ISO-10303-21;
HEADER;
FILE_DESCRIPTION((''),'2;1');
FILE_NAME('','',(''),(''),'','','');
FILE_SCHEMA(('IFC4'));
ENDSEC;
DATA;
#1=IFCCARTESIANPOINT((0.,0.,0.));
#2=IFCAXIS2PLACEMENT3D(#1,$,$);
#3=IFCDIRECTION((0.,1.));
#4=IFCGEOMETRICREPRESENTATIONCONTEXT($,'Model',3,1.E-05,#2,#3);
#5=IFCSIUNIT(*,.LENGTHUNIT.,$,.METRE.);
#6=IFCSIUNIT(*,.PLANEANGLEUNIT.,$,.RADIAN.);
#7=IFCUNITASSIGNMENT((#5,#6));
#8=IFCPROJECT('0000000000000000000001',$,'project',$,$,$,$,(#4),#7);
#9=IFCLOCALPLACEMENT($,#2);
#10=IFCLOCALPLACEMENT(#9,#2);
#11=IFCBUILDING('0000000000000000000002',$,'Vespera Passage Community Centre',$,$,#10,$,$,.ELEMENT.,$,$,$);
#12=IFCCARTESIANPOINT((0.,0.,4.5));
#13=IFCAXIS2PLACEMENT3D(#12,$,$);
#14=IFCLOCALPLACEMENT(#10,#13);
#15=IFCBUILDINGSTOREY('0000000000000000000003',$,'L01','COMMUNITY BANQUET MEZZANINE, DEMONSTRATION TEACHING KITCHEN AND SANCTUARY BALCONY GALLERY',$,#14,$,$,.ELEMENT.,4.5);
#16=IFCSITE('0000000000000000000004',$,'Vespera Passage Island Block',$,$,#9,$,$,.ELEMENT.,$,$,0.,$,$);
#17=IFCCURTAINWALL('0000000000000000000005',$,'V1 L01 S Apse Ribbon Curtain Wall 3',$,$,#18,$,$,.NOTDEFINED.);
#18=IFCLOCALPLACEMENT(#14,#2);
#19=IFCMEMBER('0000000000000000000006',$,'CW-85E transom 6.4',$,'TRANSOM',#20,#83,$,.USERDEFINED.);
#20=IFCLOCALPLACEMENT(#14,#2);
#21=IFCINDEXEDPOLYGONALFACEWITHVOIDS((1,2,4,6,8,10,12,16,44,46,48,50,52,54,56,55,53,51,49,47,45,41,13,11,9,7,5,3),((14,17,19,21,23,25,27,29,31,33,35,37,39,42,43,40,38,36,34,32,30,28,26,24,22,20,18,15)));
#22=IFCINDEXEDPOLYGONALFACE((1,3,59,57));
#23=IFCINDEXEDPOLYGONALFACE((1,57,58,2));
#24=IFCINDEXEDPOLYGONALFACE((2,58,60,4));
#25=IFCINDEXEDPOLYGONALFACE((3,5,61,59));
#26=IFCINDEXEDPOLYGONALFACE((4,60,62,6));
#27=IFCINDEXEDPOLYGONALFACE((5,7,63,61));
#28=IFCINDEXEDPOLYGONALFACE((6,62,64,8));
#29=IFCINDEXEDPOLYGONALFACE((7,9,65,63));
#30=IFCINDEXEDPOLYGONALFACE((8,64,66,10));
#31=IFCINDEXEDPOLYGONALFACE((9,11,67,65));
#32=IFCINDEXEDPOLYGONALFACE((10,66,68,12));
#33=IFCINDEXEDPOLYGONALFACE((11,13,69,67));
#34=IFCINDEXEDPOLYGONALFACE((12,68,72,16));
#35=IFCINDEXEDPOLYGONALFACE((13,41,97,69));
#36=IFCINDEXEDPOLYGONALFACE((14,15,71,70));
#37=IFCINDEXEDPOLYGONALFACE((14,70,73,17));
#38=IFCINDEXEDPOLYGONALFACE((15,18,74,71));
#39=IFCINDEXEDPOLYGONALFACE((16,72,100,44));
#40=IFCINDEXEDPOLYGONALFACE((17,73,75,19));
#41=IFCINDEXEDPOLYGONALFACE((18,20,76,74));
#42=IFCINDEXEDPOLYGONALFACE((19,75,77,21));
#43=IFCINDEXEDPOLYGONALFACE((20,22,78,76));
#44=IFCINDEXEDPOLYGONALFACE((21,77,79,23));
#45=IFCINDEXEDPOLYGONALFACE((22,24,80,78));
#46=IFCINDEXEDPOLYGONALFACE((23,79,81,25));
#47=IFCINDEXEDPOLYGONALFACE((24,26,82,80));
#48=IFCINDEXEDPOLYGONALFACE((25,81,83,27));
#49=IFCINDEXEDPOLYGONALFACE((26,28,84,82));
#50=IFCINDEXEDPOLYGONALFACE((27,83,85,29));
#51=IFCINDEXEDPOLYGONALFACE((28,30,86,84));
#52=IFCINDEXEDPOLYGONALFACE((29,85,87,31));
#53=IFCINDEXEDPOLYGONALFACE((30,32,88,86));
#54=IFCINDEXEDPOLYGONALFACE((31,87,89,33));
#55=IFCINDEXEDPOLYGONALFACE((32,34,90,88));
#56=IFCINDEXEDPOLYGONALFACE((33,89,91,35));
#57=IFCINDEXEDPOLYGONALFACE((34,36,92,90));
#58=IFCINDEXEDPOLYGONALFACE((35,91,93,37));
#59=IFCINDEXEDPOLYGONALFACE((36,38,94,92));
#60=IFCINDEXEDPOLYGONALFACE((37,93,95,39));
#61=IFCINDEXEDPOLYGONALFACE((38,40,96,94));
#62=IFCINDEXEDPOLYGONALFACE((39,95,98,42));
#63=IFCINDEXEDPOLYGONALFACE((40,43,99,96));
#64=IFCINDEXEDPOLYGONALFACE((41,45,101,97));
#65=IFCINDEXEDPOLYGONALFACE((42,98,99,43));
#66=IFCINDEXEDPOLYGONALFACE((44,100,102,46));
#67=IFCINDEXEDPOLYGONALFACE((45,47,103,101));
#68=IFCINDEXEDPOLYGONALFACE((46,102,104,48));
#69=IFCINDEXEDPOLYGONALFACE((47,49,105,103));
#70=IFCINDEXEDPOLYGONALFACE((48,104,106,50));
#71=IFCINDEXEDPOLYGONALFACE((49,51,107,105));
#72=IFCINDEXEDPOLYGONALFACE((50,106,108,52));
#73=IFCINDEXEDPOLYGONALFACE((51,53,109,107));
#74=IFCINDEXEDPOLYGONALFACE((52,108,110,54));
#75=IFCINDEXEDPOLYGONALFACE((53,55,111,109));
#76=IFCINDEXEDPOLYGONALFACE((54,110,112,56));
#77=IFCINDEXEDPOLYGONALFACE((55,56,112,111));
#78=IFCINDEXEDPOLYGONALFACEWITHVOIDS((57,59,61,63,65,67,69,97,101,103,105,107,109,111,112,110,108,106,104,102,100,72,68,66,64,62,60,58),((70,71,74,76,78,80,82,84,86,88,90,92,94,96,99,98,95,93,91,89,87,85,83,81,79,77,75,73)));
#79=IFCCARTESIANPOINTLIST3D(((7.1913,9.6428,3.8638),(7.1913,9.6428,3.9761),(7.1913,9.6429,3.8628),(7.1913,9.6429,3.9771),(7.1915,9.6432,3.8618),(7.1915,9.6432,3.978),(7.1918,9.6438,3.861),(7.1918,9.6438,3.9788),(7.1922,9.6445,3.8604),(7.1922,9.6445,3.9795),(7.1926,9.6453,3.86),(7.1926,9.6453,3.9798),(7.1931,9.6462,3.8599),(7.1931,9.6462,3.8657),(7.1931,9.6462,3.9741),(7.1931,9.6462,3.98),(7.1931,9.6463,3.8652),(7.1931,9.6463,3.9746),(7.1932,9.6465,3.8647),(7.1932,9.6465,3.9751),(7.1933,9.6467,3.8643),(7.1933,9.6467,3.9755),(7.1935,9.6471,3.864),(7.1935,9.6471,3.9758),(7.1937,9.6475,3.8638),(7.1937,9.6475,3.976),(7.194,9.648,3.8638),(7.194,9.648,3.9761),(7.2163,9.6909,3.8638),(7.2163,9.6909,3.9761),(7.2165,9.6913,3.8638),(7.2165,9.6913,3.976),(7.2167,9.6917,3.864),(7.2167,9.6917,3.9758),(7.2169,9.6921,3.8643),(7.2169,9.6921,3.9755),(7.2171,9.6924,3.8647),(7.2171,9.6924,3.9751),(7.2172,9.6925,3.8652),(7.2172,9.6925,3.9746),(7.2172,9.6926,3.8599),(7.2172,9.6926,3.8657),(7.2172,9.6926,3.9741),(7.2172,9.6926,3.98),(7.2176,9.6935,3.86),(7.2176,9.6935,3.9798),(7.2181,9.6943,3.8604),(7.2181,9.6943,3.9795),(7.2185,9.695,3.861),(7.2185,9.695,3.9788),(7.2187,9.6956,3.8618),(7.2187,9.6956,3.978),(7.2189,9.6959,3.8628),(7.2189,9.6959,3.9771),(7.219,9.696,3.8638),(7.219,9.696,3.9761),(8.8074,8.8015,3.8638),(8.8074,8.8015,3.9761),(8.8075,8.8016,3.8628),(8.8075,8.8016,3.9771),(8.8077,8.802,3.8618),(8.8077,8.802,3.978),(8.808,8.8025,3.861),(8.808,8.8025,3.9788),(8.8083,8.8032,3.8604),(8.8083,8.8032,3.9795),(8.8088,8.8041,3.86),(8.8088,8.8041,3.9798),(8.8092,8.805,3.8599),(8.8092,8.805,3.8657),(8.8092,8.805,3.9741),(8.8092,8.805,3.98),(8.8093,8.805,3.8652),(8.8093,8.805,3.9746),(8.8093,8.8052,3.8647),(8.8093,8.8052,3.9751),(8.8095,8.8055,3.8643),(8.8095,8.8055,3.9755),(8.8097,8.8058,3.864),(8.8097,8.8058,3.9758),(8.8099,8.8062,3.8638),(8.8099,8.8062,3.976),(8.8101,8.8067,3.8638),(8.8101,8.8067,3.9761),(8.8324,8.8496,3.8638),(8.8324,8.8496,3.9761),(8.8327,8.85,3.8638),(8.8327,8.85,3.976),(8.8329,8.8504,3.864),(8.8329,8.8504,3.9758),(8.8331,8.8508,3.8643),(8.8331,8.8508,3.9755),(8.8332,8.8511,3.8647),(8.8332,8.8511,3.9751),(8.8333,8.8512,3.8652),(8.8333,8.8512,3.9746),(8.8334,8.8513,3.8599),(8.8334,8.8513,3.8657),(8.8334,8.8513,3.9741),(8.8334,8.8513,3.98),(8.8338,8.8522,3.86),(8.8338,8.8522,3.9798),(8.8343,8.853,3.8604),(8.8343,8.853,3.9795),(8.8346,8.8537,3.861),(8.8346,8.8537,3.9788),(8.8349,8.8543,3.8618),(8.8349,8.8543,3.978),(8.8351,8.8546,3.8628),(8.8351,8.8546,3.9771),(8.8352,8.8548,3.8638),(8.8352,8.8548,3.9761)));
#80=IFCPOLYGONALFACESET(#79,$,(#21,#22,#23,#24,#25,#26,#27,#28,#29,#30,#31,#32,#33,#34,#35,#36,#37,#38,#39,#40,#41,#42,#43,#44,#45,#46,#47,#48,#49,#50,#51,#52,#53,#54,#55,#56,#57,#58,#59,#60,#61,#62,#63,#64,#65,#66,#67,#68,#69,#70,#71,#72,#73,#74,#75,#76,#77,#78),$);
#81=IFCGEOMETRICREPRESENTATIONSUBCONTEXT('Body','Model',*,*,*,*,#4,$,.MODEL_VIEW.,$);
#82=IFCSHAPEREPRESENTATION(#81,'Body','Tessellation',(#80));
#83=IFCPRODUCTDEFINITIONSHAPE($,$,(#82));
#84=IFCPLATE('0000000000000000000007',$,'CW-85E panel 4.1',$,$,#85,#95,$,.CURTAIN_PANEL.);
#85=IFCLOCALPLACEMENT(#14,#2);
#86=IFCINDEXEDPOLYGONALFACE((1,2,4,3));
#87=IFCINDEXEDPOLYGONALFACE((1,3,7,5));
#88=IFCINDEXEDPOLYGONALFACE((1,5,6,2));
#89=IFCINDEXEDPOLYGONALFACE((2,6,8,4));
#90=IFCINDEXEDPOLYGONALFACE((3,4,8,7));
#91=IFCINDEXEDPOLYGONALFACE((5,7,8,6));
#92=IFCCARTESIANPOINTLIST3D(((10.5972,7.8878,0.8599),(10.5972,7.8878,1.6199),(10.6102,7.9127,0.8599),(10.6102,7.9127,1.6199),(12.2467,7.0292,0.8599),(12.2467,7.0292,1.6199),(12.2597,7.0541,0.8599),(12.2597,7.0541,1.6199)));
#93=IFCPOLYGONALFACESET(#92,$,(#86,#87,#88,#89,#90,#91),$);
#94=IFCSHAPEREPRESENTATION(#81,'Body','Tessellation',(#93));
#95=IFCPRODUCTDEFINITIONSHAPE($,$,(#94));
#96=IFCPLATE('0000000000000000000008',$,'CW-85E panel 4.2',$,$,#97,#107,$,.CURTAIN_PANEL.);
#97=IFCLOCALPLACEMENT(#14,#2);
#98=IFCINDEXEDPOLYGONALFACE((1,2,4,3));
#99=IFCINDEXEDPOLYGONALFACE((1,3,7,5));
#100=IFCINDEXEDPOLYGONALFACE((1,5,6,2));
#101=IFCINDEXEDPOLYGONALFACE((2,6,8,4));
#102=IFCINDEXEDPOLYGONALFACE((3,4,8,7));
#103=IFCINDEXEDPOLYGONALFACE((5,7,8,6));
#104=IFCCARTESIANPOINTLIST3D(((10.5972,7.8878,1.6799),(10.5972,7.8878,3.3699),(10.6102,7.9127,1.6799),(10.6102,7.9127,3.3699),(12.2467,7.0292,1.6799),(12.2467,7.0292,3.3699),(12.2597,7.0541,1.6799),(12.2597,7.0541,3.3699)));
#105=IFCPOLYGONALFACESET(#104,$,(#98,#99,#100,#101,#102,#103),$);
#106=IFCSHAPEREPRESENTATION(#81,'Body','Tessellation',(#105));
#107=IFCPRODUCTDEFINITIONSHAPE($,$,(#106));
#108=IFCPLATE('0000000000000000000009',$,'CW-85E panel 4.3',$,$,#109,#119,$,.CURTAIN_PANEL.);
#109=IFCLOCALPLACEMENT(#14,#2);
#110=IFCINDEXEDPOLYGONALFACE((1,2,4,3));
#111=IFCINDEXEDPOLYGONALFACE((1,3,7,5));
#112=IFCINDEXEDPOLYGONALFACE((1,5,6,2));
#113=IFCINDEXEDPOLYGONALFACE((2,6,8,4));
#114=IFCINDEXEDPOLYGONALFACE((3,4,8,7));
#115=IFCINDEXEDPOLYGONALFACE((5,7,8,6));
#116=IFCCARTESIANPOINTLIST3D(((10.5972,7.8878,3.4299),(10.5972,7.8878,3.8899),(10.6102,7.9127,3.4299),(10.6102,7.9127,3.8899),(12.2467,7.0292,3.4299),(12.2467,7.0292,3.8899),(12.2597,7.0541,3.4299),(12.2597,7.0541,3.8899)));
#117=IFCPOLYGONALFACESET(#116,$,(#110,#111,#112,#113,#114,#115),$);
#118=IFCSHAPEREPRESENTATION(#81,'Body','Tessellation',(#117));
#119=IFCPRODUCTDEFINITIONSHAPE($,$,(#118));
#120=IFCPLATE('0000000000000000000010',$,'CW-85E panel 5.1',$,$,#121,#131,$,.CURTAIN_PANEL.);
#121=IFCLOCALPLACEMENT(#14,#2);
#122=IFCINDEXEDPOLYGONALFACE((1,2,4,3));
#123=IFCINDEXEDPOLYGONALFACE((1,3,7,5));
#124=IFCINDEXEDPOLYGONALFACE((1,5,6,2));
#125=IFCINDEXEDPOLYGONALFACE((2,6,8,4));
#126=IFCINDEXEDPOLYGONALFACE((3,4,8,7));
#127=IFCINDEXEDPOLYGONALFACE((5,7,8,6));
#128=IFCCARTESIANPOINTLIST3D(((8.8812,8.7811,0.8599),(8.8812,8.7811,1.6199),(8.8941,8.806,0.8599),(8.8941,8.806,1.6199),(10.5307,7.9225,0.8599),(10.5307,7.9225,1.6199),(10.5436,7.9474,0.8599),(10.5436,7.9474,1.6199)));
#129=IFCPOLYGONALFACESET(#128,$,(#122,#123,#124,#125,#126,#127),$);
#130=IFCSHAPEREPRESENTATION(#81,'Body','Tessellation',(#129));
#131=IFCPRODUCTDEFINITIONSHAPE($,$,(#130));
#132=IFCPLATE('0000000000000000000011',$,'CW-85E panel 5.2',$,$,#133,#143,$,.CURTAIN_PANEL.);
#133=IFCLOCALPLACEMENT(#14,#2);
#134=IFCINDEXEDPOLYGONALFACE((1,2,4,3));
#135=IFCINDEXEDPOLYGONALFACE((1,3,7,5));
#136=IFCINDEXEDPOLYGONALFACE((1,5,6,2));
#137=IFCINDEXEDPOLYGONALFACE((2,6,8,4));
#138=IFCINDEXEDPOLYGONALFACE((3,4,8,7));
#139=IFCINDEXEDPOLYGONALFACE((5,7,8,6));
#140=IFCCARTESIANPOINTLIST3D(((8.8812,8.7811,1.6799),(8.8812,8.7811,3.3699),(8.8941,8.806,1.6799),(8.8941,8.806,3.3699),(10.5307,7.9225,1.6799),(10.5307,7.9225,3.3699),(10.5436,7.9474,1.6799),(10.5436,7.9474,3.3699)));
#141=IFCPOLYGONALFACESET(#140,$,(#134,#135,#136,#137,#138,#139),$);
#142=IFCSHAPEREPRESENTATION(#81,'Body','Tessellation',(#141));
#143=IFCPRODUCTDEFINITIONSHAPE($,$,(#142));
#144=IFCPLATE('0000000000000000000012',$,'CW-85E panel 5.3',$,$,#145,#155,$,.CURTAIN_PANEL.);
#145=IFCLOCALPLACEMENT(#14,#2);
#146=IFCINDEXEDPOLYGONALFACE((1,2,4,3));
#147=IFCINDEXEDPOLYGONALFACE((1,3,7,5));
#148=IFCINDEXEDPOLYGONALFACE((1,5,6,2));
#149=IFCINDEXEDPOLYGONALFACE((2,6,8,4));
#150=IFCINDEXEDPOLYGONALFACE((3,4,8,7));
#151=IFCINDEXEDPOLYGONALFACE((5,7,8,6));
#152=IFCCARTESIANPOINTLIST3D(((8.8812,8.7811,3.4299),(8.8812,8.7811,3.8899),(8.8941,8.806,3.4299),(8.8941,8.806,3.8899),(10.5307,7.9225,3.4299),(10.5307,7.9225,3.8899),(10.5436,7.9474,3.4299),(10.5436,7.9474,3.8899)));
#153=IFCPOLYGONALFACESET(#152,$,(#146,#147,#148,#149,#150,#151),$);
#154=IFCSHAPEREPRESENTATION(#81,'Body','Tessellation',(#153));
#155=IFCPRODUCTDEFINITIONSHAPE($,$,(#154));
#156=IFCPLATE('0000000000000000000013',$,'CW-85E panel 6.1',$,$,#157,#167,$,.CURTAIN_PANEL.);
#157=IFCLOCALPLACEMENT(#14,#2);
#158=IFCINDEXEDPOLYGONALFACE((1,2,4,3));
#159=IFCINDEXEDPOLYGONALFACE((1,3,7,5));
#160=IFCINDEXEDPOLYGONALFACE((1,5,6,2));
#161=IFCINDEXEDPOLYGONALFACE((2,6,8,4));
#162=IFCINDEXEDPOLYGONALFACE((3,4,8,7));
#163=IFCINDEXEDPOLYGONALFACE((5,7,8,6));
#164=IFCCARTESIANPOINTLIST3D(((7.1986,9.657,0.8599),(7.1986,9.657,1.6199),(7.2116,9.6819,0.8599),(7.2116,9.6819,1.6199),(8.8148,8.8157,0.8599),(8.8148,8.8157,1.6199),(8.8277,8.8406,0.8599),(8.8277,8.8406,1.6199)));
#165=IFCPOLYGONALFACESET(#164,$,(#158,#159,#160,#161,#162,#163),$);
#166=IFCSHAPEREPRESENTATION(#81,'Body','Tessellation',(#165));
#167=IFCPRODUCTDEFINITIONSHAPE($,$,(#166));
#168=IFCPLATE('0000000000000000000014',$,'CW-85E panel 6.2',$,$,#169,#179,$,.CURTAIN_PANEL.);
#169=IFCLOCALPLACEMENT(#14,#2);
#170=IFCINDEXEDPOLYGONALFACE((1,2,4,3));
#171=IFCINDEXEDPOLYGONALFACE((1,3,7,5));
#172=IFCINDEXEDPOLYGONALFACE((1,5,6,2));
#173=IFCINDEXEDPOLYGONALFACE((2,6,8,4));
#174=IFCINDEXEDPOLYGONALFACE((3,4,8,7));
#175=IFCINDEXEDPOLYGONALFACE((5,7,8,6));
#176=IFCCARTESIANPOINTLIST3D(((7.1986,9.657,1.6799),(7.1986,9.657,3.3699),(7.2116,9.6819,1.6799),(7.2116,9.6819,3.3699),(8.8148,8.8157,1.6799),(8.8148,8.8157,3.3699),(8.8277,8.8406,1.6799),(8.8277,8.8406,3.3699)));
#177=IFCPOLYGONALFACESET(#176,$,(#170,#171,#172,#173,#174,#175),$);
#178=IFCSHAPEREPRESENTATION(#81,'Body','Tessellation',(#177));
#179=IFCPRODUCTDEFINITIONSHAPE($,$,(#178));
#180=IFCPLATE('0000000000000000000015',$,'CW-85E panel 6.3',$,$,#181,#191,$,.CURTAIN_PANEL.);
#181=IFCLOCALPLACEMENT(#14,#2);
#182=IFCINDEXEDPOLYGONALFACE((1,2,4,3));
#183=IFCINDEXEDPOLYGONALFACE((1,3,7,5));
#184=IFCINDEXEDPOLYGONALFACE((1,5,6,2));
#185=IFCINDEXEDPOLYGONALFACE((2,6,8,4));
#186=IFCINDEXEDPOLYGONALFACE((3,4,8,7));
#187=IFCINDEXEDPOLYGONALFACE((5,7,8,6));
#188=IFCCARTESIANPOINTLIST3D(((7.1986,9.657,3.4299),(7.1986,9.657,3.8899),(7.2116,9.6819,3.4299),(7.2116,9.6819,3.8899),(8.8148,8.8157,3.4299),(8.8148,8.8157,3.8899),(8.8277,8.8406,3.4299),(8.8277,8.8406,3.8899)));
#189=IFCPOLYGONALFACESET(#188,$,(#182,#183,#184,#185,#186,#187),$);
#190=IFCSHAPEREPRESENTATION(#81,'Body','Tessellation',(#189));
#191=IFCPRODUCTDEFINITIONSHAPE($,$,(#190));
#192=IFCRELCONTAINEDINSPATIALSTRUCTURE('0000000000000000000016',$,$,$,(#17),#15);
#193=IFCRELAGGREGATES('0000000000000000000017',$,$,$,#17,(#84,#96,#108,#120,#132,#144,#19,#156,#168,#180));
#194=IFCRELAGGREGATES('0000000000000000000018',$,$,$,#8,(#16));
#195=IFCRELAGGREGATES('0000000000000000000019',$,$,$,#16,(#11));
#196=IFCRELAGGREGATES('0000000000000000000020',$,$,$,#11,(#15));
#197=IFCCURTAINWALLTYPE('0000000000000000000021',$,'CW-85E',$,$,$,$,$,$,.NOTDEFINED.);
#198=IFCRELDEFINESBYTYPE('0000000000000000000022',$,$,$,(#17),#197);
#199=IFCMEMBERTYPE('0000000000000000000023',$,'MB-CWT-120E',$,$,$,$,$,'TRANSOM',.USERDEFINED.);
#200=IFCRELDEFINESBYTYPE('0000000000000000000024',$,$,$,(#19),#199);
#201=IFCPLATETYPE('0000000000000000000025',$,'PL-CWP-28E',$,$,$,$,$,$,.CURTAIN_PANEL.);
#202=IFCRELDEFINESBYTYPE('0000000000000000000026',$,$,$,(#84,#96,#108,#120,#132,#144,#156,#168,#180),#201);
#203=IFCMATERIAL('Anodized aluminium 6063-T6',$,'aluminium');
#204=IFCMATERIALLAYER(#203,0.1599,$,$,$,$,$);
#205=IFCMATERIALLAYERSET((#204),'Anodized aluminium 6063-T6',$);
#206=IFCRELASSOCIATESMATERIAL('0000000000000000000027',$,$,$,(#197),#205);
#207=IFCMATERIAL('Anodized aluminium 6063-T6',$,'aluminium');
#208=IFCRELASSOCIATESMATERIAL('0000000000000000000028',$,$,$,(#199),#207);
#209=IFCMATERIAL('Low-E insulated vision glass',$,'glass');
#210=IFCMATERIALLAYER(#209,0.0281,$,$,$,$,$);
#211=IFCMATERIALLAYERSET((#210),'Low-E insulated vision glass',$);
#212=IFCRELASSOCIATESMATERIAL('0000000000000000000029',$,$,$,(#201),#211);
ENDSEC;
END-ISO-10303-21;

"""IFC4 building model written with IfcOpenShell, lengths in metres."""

from ifc_helpers import new_model, si_unit, direction, frame, origin, origin_2d, place, context, subcontext, project, spatial, rectangle, hollow_rectangle, extrude, material, layer, layer_set, material_profile, profile_set, type_object, element, aggregate, save


model = new_model("IFC4")

# Units and contexts
model_context = context("Model", 3, precision=1e-05, world=origin(), true_north=direction((0.0, 1.0)))
body_context = subcontext(model_context, "Body", "Model", "MODEL_VIEW")
ifc_project = project(units=[si_unit("LENGTHUNIT", "METRE"), si_unit("PLANEANGLEUNIT", "RADIAN")], contexts=[model_context])

# Site, building, storey
site_placement = place(None, origin())
site = spatial("IfcSite", under=ifc_project, at=site_placement, Name="Vespera Passage Island Block", CompositionType="ELEMENT", RefElevation=0.0)
building_placement = place(site_placement, origin())
building = spatial("IfcBuilding", under=site, at=building_placement, Name="Vespera Passage Community Centre", CompositionType="ELEMENT")
storey_placement = place(building_placement, frame((0.0, 0.0, 4.5)))
storey = spatial("IfcBuildingStorey", under=building, at=storey_placement, Name="L01", Description="COMMUNITY BANQUET MEZZANINE, DEMONSTRATION TEACHING KITCHEN AND SANCTUARY BALCONY GALLERY", CompositionType="ELEMENT", Elevation=4.5)

# Curtain wall, member, plates
ifc_material_1 = material(Name="Anodized aluminium 6063-T6", Category="aluminium")
ifc_layer_1 = layer(ifc_material_1, 0.1599)
ifc_layer_set_1 = layer_set([ifc_layer_1], Name="Anodized aluminium 6063-T6")
curtain_wall_type = type_object("IfcCurtainWallType", Name="CW-85E", PredefinedType="NOTDEFINED", material=ifc_layer_set_1)
curtain_wall_placement = place(storey_placement, origin())
curtain_wall = element("IfcCurtainWall", 1, at=curtain_wall_placement, inside=storey, type_object=curtain_wall_type, Name="V1 L01 S Apse Ribbon Curtain Wall 3", PredefinedType="NOTDEFINED")
ifc_material_2 = material(Name="Anodized aluminium 6063-T6", Category="aluminium")
ifc_material_profile_1 = material_profile(ifc_material_2, hollow_rectangle(XDim=0.0601, YDim=0.1201, WallThickness=0.0039, InnerFilletRadius=0.002, OuterFilletRadius=0.0039, at=origin_2d()), Name="ALU120X60X4")
ifc_profile_set_1 = profile_set([ifc_material_profile_1], Name="Anodized aluminium 6063-T6")
member_type_1 = type_object("IfcMemberType", Name="MB-CWT-120E", ElementType="TRANSOM", PredefinedType="USERDEFINED", material=ifc_profile_set_1)
member_1_placement = place(storey_placement, frame((8.8213, 8.8281, 3.9199), z_axis=(-0.887019, 0.461732, 0.0), x_axis=(-0.461732, -0.887019, 0.0)))
member_1 = element("IfcMember", 2, at=member_1_placement, type_object=member_type_1, Name="CW-85E transom 6.4", ObjectType="TRANSOM", PredefinedType="USERDEFINED", context=body_context, shape_type="SweptSolid", body=[
    extrude(hollow_rectangle(XDim=0.0601, YDim=0.1201, WallThickness=0.0039, InnerFilletRadius=0.002, OuterFilletRadius=0.0039, at=origin_2d()), origin(), (0.0, 0.0, 1.0), 1.822),
])
ifc_material_3 = material(Name="Low-E insulated vision glass", Category="glass")
ifc_layer_2 = layer(ifc_material_3, 0.0281)
ifc_layer_set_2 = layer_set([ifc_layer_2], Name="Low-E insulated vision glass")
plate_type = type_object("IfcPlateType", Name="PL-CWP-28E", PredefinedType="CURTAIN_PANEL", material=ifc_layer_set_2)
plate_1_placement = place(storey_placement, frame((11.4285, 7.4709, 0.8599), z_axis=(0.0, 0.0, 1.0), x_axis=(-0.887013, 0.461745, 0.0)))
plate_1 = element("IfcPlate", 3, at=plate_1_placement, type_object=plate_type, Name="CW-85E panel 4.1", PredefinedType="CURTAIN_PANEL", context=body_context, shape_type="SweptSolid", body=[
    extrude(rectangle(XDim=1.8596, YDim=0.0281, at=origin_2d()), origin(), (0.0, 0.0, 1.0), 0.76),
])
plate_2_placement = place(storey_placement, frame((11.4285, 7.4709, 1.6799), z_axis=(0.0, 0.0, 1.0), x_axis=(-0.887013, 0.461745, 0.0)))
plate_2 = element("IfcPlate", 4, at=plate_2_placement, type_object=plate_type, Name="CW-85E panel 4.2", PredefinedType="CURTAIN_PANEL", context=body_context, shape_type="SweptSolid", body=[
    extrude(rectangle(XDim=1.8596, YDim=0.0281, at=origin_2d()), origin(), (0.0, 0.0, 1.0), 1.6899),
])
plate_3_placement = place(storey_placement, frame((11.4285, 7.4709, 3.4299), z_axis=(0.0, 0.0, 1.0), x_axis=(-0.887013, 0.461745, 0.0)))
plate_3 = element("IfcPlate", 5, at=plate_3_placement, type_object=plate_type, Name="CW-85E panel 4.3", PredefinedType="CURTAIN_PANEL", context=body_context, shape_type="SweptSolid", body=[
    extrude(rectangle(XDim=1.8596, YDim=0.0281, at=origin_2d()), origin(), (0.0, 0.0, 1.0), 0.46),
])
plate_4_placement = place(storey_placement, frame((9.7124, 8.3643, 0.8599), z_axis=(0.0, 0.0, 1.0), x_axis=(-0.887013, 0.461745, 0.0)))
plate_4 = element("IfcPlate", 6, at=plate_4_placement, type_object=plate_type, Name="CW-85E panel 5.1", PredefinedType="CURTAIN_PANEL", context=body_context, shape_type="SweptSolid", body=[
    extrude(rectangle(XDim=1.8596, YDim=0.0281, at=origin_2d()), origin(), (0.0, 0.0, 1.0), 0.76),
])
plate_5_placement = place(storey_placement, frame((9.7124, 8.3643, 1.6799), z_axis=(0.0, 0.0, 1.0), x_axis=(-0.887013, 0.461745, 0.0)))
plate_5 = element("IfcPlate", 7, at=plate_5_placement, type_object=plate_type, Name="CW-85E panel 5.2", PredefinedType="CURTAIN_PANEL", context=body_context, shape_type="SweptSolid", body=[
    extrude(rectangle(XDim=1.8596, YDim=0.0281, at=origin_2d()), origin(), (0.0, 0.0, 1.0), 1.6899),
])
plate_6_placement = place(storey_placement, frame((9.7124, 8.3643, 3.4299), z_axis=(0.0, 0.0, 1.0), x_axis=(-0.887013, 0.461745, 0.0)))
plate_6 = element("IfcPlate", 8, at=plate_6_placement, type_object=plate_type, Name="CW-85E panel 5.3", PredefinedType="CURTAIN_PANEL", context=body_context, shape_type="SweptSolid", body=[
    extrude(rectangle(XDim=1.8596, YDim=0.0281, at=origin_2d()), origin(), (0.0, 0.0, 1.0), 0.46),
])
plate_7_placement = place(storey_placement, frame((8.0132, 9.2488, 0.8599), z_axis=(0.0, 0.0, 1.0), x_axis=(-0.887013, 0.461745, 0.0)))
plate_7 = element("IfcPlate", 9, at=plate_7_placement, type_object=plate_type, Name="CW-85E panel 6.1", PredefinedType="CURTAIN_PANEL", context=body_context, shape_type="SweptSolid", body=[
    extrude(rectangle(XDim=1.822, YDim=0.0281, at=origin_2d()), origin(), (0.0, 0.0, 1.0), 0.76),
])
plate_8_placement = place(storey_placement, frame((8.0132, 9.2488, 1.6799), z_axis=(0.0, 0.0, 1.0), x_axis=(-0.887013, 0.461745, 0.0)))
plate_8 = element("IfcPlate", 10, at=plate_8_placement, type_object=plate_type, Name="CW-85E panel 6.2", PredefinedType="CURTAIN_PANEL", context=body_context, shape_type="SweptSolid", body=[
    extrude(rectangle(XDim=1.822, YDim=0.0281, at=origin_2d()), origin(), (0.0, 0.0, 1.0), 1.6899),
])
plate_9_placement = place(storey_placement, frame((8.0132, 9.2488, 3.4299), z_axis=(0.0, 0.0, 1.0), x_axis=(-0.887013, 0.461745, 0.0)))
plate_9 = element("IfcPlate", 11, at=plate_9_placement, type_object=plate_type, Name="CW-85E panel 6.3", PredefinedType="CURTAIN_PANEL", context=body_context, shape_type="SweptSolid", body=[
    extrude(rectangle(XDim=1.822, YDim=0.0281, at=origin_2d()), origin(), (0.0, 0.0, 1.0), 0.46),
])
aggregate(curtain_wall, [plate_1, plate_2, plate_3, plate_4, plate_5, plate_6, member_1, plate_7, plate_8, plate_9])

save(model, "model.ifc")
